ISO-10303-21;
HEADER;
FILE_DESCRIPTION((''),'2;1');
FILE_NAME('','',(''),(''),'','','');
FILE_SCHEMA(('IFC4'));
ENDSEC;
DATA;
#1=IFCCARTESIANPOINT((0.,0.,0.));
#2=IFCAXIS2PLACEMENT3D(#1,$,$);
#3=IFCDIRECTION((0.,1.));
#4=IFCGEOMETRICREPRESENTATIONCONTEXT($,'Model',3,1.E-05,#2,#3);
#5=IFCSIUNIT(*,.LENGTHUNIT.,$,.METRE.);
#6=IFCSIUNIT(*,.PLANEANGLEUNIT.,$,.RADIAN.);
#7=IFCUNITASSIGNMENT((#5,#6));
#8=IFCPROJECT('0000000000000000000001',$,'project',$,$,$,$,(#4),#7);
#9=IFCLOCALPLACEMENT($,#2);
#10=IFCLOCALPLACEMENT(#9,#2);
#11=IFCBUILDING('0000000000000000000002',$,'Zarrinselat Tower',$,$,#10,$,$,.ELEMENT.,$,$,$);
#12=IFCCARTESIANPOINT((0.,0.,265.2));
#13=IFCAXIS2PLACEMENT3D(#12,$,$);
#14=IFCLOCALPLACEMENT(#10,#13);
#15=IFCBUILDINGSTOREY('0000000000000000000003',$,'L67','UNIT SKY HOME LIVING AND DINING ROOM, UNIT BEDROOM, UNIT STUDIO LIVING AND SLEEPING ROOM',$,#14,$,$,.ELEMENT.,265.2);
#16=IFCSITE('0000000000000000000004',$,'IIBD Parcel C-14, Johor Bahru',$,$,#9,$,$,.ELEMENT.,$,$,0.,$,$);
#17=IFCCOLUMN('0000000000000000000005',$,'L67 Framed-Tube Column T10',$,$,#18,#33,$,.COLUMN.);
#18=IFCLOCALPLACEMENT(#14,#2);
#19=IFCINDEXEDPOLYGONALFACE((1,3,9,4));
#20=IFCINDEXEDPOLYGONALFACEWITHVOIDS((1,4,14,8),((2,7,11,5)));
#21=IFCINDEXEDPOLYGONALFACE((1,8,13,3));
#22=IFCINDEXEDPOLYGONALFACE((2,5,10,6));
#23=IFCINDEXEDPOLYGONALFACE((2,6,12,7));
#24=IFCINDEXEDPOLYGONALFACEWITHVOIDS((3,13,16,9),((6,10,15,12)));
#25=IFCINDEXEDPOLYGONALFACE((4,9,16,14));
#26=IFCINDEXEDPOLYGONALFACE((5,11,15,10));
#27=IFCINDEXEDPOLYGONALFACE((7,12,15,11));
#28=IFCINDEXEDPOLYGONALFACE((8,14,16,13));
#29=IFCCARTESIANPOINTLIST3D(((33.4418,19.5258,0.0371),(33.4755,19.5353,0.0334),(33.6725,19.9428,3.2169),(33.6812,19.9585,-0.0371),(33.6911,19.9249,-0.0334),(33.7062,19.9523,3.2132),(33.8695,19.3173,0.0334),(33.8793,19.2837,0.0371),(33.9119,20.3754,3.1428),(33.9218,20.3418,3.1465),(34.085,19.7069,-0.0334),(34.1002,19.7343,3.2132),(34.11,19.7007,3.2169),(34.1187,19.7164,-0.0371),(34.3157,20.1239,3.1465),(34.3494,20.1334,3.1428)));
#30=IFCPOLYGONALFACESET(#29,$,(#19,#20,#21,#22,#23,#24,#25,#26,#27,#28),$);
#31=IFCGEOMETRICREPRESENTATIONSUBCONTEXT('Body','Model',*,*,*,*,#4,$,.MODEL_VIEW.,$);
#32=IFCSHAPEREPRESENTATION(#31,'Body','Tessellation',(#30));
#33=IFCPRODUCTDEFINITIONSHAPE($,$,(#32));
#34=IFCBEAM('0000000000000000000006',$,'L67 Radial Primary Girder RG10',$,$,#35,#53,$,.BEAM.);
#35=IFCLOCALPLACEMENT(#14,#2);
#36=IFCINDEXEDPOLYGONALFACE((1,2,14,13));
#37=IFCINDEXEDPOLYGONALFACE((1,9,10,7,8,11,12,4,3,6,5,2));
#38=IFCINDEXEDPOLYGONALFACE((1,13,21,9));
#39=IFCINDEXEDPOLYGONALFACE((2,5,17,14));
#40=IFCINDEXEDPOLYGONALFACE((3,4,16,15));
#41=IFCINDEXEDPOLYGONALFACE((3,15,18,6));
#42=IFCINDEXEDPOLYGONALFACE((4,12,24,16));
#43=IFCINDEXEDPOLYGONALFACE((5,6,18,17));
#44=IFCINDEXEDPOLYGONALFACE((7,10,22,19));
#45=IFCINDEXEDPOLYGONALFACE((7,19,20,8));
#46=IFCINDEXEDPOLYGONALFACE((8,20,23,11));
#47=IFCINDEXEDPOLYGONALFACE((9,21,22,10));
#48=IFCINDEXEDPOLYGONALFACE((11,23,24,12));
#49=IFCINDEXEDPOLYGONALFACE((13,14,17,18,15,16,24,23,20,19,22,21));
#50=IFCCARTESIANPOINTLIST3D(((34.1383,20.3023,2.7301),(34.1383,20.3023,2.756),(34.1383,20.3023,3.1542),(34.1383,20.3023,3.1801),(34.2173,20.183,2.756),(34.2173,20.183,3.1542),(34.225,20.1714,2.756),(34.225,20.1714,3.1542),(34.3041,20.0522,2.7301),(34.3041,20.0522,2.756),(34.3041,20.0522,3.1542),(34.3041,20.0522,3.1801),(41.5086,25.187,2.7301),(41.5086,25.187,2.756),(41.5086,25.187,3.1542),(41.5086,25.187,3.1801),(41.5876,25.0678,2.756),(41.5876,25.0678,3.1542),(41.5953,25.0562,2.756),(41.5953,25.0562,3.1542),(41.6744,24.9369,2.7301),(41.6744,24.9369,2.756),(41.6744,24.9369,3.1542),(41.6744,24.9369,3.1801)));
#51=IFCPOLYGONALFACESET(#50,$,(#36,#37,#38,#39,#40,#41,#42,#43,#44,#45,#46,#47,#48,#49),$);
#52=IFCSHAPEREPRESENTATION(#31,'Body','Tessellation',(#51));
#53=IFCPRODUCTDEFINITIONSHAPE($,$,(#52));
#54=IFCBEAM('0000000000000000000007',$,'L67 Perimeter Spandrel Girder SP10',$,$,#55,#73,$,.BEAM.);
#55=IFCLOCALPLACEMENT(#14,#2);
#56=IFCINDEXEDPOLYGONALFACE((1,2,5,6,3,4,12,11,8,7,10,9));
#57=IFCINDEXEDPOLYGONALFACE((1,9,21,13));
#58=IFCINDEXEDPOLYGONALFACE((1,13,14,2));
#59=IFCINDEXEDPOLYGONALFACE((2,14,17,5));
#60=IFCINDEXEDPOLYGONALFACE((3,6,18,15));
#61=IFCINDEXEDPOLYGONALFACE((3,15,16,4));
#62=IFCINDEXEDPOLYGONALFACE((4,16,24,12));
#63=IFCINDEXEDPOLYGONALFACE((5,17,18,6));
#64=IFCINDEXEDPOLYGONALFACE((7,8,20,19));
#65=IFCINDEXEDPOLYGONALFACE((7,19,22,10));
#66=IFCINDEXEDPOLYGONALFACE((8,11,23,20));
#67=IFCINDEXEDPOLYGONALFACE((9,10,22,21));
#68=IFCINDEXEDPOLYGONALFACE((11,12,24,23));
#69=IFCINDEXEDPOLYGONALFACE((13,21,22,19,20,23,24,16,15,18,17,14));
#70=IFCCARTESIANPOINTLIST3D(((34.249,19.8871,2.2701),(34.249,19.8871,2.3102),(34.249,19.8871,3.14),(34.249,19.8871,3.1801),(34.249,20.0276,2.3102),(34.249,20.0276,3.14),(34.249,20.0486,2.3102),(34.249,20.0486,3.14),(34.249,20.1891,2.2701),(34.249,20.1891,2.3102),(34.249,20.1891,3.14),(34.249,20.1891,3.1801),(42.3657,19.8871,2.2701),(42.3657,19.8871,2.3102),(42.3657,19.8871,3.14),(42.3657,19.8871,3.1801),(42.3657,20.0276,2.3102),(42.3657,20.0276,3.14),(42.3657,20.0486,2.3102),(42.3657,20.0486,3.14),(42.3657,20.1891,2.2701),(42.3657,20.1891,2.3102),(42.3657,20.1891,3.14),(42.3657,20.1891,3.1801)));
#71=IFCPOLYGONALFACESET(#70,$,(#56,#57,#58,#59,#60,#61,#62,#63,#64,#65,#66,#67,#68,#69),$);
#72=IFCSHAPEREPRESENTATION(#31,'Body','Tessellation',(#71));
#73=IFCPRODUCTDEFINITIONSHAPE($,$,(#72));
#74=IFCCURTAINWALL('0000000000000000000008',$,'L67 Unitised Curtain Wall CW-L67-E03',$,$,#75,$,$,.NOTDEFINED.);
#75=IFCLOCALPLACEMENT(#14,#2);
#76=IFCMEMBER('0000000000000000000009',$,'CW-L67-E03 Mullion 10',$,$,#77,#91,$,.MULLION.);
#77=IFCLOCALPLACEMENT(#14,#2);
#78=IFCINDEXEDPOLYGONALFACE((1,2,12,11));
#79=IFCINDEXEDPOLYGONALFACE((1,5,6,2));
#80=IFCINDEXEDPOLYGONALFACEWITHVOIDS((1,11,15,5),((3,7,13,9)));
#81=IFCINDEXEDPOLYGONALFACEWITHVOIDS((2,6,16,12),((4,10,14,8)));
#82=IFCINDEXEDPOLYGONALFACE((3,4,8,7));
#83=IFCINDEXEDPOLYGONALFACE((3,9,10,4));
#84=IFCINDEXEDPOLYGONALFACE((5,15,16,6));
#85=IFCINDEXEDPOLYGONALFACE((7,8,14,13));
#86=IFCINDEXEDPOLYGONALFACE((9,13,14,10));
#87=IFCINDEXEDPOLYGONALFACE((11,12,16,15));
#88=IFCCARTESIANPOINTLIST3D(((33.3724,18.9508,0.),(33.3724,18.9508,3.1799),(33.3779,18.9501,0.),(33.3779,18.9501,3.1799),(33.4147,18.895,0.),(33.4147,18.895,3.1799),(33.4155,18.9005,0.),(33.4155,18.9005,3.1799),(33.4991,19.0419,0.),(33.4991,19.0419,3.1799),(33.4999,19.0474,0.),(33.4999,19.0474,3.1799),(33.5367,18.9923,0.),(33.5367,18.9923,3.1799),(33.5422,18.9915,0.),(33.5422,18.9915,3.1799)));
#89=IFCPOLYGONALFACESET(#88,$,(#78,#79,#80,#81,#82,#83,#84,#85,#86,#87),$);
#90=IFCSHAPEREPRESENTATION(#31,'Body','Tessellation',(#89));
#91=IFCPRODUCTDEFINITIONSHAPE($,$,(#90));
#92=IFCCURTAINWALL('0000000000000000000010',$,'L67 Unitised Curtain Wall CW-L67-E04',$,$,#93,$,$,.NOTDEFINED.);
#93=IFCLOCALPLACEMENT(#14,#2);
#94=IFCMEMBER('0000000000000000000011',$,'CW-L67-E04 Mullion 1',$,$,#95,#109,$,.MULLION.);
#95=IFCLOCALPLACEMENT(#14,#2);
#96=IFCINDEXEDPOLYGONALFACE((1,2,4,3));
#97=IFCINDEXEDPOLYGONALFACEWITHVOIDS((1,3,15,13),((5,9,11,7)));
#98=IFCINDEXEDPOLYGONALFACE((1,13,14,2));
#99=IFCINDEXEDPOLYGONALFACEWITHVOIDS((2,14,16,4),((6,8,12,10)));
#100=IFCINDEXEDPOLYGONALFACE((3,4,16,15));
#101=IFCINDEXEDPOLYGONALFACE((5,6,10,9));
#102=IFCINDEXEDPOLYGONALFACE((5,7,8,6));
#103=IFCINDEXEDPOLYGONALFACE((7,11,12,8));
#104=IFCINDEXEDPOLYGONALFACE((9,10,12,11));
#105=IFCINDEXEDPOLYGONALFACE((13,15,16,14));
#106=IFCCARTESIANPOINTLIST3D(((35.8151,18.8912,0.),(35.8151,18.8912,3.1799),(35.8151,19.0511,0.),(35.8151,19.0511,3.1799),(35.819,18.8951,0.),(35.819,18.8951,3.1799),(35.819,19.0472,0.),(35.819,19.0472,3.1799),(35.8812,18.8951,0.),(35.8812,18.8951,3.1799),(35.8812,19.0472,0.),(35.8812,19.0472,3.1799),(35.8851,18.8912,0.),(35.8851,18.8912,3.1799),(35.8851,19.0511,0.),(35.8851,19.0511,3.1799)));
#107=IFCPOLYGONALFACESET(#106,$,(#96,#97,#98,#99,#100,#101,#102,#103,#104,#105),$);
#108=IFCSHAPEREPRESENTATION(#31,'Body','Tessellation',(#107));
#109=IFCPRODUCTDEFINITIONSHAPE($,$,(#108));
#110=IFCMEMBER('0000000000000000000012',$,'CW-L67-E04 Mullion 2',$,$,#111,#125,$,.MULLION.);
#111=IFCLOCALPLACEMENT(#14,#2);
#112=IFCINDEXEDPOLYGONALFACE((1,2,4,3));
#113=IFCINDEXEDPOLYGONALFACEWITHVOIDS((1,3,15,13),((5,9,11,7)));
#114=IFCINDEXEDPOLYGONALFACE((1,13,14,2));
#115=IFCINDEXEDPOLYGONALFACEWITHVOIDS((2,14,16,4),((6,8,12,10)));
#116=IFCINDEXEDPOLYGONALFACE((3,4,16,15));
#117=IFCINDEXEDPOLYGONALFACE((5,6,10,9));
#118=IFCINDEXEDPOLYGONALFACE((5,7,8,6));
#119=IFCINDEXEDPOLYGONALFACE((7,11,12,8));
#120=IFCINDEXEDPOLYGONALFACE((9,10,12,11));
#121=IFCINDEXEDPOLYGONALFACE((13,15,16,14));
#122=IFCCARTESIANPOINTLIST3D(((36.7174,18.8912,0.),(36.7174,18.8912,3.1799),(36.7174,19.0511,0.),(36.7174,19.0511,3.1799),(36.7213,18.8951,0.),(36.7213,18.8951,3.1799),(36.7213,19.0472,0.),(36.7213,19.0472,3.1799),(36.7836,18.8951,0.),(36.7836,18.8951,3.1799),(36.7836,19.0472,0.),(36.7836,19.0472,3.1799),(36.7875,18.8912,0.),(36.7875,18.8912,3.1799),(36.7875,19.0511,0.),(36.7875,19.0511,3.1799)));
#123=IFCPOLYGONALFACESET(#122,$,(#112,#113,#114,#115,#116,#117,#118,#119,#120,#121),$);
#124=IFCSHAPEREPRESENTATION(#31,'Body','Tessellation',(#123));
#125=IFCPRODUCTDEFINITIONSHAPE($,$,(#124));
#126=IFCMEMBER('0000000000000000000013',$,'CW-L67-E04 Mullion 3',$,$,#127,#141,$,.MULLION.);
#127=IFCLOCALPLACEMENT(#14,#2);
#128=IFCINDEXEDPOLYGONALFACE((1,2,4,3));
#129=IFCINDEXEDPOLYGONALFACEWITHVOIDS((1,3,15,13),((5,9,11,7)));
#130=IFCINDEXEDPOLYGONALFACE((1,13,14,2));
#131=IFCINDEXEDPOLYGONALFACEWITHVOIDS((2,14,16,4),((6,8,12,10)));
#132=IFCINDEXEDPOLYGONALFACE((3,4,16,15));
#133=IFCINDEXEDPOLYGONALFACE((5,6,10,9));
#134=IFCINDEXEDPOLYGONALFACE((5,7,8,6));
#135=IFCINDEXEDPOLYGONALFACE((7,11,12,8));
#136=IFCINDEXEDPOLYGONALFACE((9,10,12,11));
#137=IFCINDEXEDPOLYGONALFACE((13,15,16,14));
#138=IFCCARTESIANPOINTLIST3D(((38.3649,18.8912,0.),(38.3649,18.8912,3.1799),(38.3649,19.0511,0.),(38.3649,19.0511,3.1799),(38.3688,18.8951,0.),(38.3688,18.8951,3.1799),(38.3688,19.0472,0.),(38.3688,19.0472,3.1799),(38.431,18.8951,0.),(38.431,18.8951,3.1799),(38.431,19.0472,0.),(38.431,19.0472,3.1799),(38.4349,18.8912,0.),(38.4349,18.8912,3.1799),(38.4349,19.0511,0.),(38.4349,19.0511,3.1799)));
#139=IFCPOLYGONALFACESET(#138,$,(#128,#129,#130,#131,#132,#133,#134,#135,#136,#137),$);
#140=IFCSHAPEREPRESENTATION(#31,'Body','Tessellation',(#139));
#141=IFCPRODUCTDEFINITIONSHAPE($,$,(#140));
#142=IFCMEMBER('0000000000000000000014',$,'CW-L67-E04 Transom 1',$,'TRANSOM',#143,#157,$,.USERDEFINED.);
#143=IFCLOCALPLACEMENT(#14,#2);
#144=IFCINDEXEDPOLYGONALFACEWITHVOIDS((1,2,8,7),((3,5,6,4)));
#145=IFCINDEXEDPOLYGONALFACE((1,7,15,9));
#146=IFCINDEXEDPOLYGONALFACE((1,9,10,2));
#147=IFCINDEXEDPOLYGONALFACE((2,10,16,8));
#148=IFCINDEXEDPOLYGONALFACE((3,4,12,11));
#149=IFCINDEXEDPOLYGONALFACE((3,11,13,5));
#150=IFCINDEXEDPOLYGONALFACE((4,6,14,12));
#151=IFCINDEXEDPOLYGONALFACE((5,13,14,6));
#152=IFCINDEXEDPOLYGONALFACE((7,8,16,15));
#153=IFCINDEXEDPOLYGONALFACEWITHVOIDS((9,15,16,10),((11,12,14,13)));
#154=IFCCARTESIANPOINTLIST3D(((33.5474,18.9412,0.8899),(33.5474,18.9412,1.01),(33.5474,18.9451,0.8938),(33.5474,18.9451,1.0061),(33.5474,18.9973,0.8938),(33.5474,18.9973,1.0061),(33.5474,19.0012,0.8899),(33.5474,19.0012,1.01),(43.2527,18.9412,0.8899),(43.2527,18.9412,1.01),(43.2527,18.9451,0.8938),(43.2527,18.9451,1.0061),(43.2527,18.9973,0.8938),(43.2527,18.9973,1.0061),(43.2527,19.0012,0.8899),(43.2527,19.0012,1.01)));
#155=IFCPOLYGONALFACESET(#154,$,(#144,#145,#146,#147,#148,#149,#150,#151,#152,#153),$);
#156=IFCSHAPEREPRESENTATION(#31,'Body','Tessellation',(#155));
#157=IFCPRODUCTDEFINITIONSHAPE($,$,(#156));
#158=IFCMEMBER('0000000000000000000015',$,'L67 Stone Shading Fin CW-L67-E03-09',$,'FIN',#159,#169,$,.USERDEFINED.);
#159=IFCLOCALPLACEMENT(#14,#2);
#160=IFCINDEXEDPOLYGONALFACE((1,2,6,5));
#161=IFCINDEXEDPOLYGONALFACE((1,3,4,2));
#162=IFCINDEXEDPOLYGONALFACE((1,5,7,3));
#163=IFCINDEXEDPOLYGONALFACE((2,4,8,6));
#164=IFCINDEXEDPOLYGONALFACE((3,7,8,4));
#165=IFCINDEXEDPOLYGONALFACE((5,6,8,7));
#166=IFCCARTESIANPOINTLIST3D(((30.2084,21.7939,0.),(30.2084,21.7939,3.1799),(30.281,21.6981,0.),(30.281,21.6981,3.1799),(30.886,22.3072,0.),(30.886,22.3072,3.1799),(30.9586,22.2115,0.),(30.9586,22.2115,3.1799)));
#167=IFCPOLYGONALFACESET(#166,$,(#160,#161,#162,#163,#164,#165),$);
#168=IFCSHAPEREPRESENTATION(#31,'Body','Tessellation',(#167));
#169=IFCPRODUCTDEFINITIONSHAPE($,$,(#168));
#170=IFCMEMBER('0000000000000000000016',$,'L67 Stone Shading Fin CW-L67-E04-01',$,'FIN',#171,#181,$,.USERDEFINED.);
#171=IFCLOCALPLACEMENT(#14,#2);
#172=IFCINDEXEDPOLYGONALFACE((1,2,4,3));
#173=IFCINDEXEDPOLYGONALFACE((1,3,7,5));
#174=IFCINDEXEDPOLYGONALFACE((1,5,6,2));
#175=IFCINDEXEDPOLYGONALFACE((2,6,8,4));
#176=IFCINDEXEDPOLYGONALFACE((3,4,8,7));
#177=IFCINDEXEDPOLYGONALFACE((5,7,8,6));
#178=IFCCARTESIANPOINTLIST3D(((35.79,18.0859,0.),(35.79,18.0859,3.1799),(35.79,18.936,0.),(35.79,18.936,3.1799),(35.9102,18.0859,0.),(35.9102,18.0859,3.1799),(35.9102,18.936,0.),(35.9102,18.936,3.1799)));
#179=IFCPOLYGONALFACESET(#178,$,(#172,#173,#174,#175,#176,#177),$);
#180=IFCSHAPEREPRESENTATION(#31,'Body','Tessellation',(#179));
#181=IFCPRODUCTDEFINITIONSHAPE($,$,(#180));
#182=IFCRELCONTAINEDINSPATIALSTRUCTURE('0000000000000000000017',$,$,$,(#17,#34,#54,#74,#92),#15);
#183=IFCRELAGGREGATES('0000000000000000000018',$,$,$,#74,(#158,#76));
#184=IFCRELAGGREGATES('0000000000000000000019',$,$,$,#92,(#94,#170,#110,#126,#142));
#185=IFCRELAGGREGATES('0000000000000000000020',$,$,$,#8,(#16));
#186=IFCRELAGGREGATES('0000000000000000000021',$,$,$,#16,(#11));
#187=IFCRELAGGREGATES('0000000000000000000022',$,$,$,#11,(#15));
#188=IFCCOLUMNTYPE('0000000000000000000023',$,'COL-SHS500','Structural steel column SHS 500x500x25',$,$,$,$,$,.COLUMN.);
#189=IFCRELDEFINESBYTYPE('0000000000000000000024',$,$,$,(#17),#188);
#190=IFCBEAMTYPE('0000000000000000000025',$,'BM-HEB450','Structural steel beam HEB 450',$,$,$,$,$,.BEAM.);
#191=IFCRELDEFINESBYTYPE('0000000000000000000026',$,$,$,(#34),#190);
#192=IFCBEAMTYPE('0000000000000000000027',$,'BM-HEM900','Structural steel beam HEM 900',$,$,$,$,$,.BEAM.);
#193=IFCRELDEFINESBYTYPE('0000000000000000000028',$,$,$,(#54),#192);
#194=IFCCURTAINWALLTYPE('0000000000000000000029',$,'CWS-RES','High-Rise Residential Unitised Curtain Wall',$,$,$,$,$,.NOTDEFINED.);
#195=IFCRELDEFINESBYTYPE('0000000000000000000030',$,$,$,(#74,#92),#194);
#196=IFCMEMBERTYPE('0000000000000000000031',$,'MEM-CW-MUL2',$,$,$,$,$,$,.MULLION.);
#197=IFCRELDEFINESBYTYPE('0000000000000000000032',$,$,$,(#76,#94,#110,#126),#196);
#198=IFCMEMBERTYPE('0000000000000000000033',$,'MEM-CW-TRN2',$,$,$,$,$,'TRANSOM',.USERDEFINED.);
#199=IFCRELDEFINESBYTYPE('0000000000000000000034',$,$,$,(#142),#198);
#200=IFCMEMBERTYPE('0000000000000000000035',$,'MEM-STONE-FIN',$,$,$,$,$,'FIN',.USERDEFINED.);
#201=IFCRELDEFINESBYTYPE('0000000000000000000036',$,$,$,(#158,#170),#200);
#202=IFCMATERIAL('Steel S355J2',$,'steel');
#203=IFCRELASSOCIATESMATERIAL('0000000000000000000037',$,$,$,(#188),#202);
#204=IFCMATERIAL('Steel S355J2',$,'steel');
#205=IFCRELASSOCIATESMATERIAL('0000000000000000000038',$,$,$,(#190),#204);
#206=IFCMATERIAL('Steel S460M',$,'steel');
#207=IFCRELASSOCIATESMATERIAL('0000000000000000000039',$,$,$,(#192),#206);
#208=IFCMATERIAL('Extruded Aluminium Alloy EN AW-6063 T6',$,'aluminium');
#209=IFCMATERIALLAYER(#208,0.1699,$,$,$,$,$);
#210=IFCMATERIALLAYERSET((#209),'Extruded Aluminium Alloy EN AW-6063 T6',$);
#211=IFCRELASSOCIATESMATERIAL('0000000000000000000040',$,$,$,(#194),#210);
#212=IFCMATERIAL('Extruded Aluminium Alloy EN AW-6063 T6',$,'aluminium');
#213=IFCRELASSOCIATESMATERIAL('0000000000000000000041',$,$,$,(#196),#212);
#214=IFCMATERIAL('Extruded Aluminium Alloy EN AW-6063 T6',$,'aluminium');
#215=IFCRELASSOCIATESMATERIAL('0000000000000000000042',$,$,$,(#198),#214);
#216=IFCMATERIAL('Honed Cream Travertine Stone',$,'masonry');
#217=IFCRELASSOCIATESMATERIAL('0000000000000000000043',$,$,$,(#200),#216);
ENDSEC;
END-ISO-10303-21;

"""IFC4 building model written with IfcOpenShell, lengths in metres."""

from ifc_helpers import new_model, si_unit, direction, frame, origin, origin_2d, place, context, subcontext, project, spatial, rectangle, hollow_rectangle, i_section, extrude, material, layer, layer_set, material_profile, profile_set, type_object, element, aggregate, save


model = new_model("IFC4")

# Units and contexts
model_context = context("Model", 3, precision=1e-05, world=origin(), true_north=direction((0.0, 1.0)))
body_context = subcontext(model_context, "Body", "Model", "MODEL_VIEW")
ifc_project = project(units=[si_unit("LENGTHUNIT", "METRE"), si_unit("PLANEANGLEUNIT", "RADIAN")], contexts=[model_context])

# Site, building, storey
site_placement = place(None, origin())
site = spatial("IfcSite", under=ifc_project, at=site_placement, Name="IIBD Parcel C-14, Johor Bahru", CompositionType="ELEMENT", RefElevation=0.0)
building_placement = place(site_placement, origin())
building = spatial("IfcBuilding", under=site, at=building_placement, Name="Zarrinselat Tower", CompositionType="ELEMENT")
storey_placement = place(building_placement, frame((0.0, 0.0, 265.2)))
storey = spatial("IfcBuildingStorey", under=building, at=storey_placement, Name="L67", Description="UNIT SKY HOME LIVING AND DINING ROOM, UNIT BEDROOM, UNIT STUDIO LIVING AND SLEEPING ROOM", CompositionType="ELEMENT", Elevation=265.2)

# Column
ifc_material_1 = material(Name="Steel S355J2", Category="steel")
ifc_material_profile_1 = material_profile(ifc_material_1, hollow_rectangle(XDim=0.5, YDim=0.5, WallThickness=0.0249, at=origin_2d()), Name="SHS 500x500x25")
ifc_profile_set_1 = profile_set([ifc_material_profile_1], Name="Steel S355J2")
column_type = type_object("IfcColumnType", Name="COL-SHS500", Description="Structural steel column SHS 500x500x25", PredefinedType="COLUMN", material=ifc_profile_set_1)
column_placement = place(storey_placement, frame((33.7803, 19.6211, 0.0), z_axis=(0.071752, 0.129684, 0.988956), x_axis=(-0.875002, 0.48412, 0.0)))
element("IfcColumn", 1, at=column_placement, inside=storey, type_object=column_type, Name="L67 Framed-Tube Column T10", PredefinedType="COLUMN", context=body_context, shape_type="SweptSolid", body=[
    extrude(hollow_rectangle(XDim=0.5, YDim=0.5, WallThickness=0.0249, at=origin_2d()), origin(), (0.0, 0.0, 1.0), 3.2153),
])

# Beams
ifc_material_2 = material(Name="Steel S355J2", Category="steel")
ifc_material_profile_2 = material_profile(ifc_material_2, i_section(OverallWidth=0.3, OverallDepth=0.45, WebThickness=0.0139, FlangeThickness=0.0259, at=origin_2d()), Name="HEB 450")
ifc_profile_set_2 = profile_set([ifc_material_profile_2], Name="Steel S355J2")
beam_type_1 = type_object("IfcBeamType", Name="BM-HEB450", Description="Structural steel beam HEB 450", PredefinedType="BEAM", material=ifc_profile_set_2)
beam_1_placement = place(storey_placement, frame((34.2212, 20.1772, 2.9551), z_axis=(0.833551, 0.552443, 0.0), x_axis=(-0.552443, 0.833551, 0.0)))
element("IfcBeam", 2, at=beam_1_placement, inside=storey, type_object=beam_type_1, Name="L67 Radial Primary Girder RG10", PredefinedType="BEAM", context=body_context, shape_type="SweptSolid", body=[
    extrude(i_section(OverallWidth=0.3, OverallDepth=0.45, WebThickness=0.0139, FlangeThickness=0.0259, at=origin_2d()), origin(), (0.0, 0.0, 1.0), 8.842),
])
ifc_material_3 = material(Name="Steel S460M", Category="steel")
ifc_material_profile_3 = material_profile(ifc_material_3, i_section(OverallWidth=0.302, OverallDepth=0.9099, WebThickness=0.021, FlangeThickness=0.04, at=origin_2d()), Name="HEM 900")
ifc_profile_set_3 = profile_set([ifc_material_profile_3], Name="Steel S460M")
beam_type_2 = type_object("IfcBeamType", Name="BM-HEM900", Description="Structural steel beam HEM 900", PredefinedType="BEAM", material=ifc_profile_set_3)
beam_2_placement = place(storey_placement, frame((34.249, 20.0381, 2.7251), z_axis=(1.0, 0.0, 0.0), x_axis=(0.0, 1.0, 0.0)))
element("IfcBeam", 3, at=beam_2_placement, inside=storey, type_object=beam_type_2, Name="L67 Perimeter Spandrel Girder SP10", PredefinedType="BEAM", context=body_context, shape_type="SweptSolid", body=[
    extrude(i_section(OverallWidth=0.302, OverallDepth=0.9099, WebThickness=0.021, FlangeThickness=0.04, at=origin_2d()), origin(), (0.0, 0.0, 1.0), 8.1167),
])

# Curtain wall, member
ifc_material_4 = material(Name="Extruded Aluminium Alloy EN AW-6063 T6", Category="aluminium")
ifc_layer_1 = layer(ifc_material_4, 0.1699)
ifc_layer_set_1 = layer_set([ifc_layer_1], Name="Extruded Aluminium Alloy EN AW-6063 T6")
curtain_wall_type = type_object("IfcCurtainWallType", Name="CWS-RES", Description="High-Rise Residential Unitised Curtain Wall", PredefinedType="NOTDEFINED", material=ifc_layer_set_1)
curtain_wall_1_placement = place(storey_placement, origin())
curtain_wall_1 = element("IfcCurtainWall", 4, at=curtain_wall_1_placement, inside=storey, type_object=curtain_wall_type, Name="L67 Unitised Curtain Wall CW-L67-E03", PredefinedType="NOTDEFINED")
ifc_material_5 = material(Name="Extruded Aluminium Alloy EN AW-6063 T6", Category="aluminium")
ifc_material_profile_4 = material_profile(ifc_material_5, hollow_rectangle(XDim=0.0701, YDim=0.1599, WallThickness=0.0039, at=origin_2d()), Name="RHS 160x70x4")
ifc_profile_set_4 = profile_set([ifc_material_profile_4], Name="Extruded Aluminium Alloy EN AW-6063 T6")
member_type_1 = type_object("IfcMemberType", Name="MEM-CW-MUL2", PredefinedType="MULLION", material=ifc_profile_set_4)
member_1_placement = place(storey_placement, frame((33.4573, 18.9712, 0.0), z_axis=(0.0, 0.0, 1.0), x_axis=(0.603858, -0.797092, 0.0)))
member_1 = element("IfcMember", 5, at=member_1_placement, type_object=member_type_1, Name="CW-L67-E03 Mullion 10", PredefinedType="MULLION", context=body_context, shape_type="SweptSolid", body=[
    extrude(hollow_rectangle(XDim=0.0701, YDim=0.1599, WallThickness=0.0039, at=origin_2d()), origin(), (0.0, 0.0, 1.0), 3.1799),
])

# Curtain wall, members
curtain_wall_2_placement = place(storey_placement, origin())
curtain_wall_2 = element("IfcCurtainWall", 6, at=curtain_wall_2_placement, inside=storey, type_object=curtain_wall_type, Name="L67 Unitised Curtain Wall CW-L67-E04", PredefinedType="NOTDEFINED")
member_2_placement = place(storey_placement, frame((35.8501, 18.9712, 0.0), z_axis=(0.0, 0.0, 1.0), x_axis=(1.0, 0.0, 0.0)))
member_2 = element("IfcMember", 7, at=member_2_placement, type_object=member_type_1, Name="CW-L67-E04 Mullion 1", PredefinedType="MULLION", context=body_context, shape_type="SweptSolid", body=[
    extrude(hollow_rectangle(XDim=0.0701, YDim=0.1599, WallThickness=0.0039, at=origin_2d()), origin(), (0.0, 0.0, 1.0), 3.1799),
])
member_3_placement = place(storey_placement, frame((36.7524, 18.9712, 0.0), z_axis=(0.0, 0.0, 1.0), x_axis=(1.0, 0.0, 0.0)))
member_3 = element("IfcMember", 8, at=member_3_placement, type_object=member_type_1, Name="CW-L67-E04 Mullion 2", PredefinedType="MULLION", context=body_context, shape_type="SweptSolid", body=[
    extrude(hollow_rectangle(XDim=0.0701, YDim=0.1599, WallThickness=0.0039, at=origin_2d()), origin(), (0.0, 0.0, 1.0), 3.1799),
])
member_4_placement = place(storey_placement, frame((38.3999, 18.9712, 0.0), z_axis=(0.0, 0.0, 1.0), x_axis=(1.0, 0.0, 0.0)))
member_4 = element("IfcMember", 9, at=member_4_placement, type_object=member_type_1, Name="CW-L67-E04 Mullion 3", PredefinedType="MULLION", context=body_context, shape_type="SweptSolid", body=[
    extrude(hollow_rectangle(XDim=0.0701, YDim=0.1599, WallThickness=0.0039, at=origin_2d()), origin(), (0.0, 0.0, 1.0), 3.1799),
])
ifc_material_6 = material(Name="Extruded Aluminium Alloy EN AW-6063 T6", Category="aluminium")
ifc_material_profile_5 = material_profile(ifc_material_6, hollow_rectangle(XDim=0.0601, YDim=0.1201, WallThickness=0.0039, at=origin_2d()), Name="RHS 120x60x4")
ifc_profile_set_5 = profile_set([ifc_material_profile_5], Name="Extruded Aluminium Alloy EN AW-6063 T6")
member_type_2 = type_object("IfcMemberType", Name="MEM-CW-TRN2", ElementType="TRANSOM", PredefinedType="USERDEFINED", material=ifc_profile_set_5)
member_5_placement = place(storey_placement, frame((33.5474, 18.9712, 0.95), z_axis=(1.0, 0.0, 0.0), x_axis=(0.0, 1.0, 0.0)))
member_5 = element("IfcMember", 10, at=member_5_placement, type_object=member_type_2, Name="CW-L67-E04 Transom 1", ObjectType="TRANSOM", PredefinedType="USERDEFINED", context=body_context, shape_type="SweptSolid", body=[
    extrude(hollow_rectangle(XDim=0.0601, YDim=0.1201, WallThickness=0.0039, at=origin_2d()), origin(), (0.0, 0.0, 1.0), 9.7053),
])

# Members
ifc_material_7 = material(Name="Honed Cream Travertine Stone", Category="masonry")
ifc_material_profile_6 = material_profile(ifc_material_7, rectangle(XDim=0.1201, YDim=0.8501, at=origin_2d()), Name="FIN 850x120")
ifc_profile_set_6 = profile_set([ifc_material_profile_6], Name="Honed Cream Travertine Stone")
member_type_3 = type_object("IfcMemberType", Name="MEM-STONE-FIN", ElementType="FIN", PredefinedType="USERDEFINED", material=ifc_profile_set_6)
member_6_placement = place(storey_placement, frame((30.5835, 22.0027, 0.0), z_axis=(0.0, 0.0, 1.0), x_axis=(-0.603858, 0.797092, 0.0)))
member_6 = element("IfcMember", 11, at=member_6_placement, type_object=member_type_3, Name="L67 Stone Shading Fin CW-L67-E03-09", ObjectType="FIN", PredefinedType="USERDEFINED", context=body_context, shape_type="SweptSolid", body=[
    extrude(rectangle(XDim=0.1201, YDim=0.8501, at=origin_2d()), origin(), (0.0, 0.0, 1.0), 3.1799),
])
member_7_placement = place(storey_placement, frame((35.8501, 18.511, 0.0), z_axis=(0.0, 0.0, 1.0), x_axis=(-1.0, 0.0, 0.0)))
member_7 = element("IfcMember", 12, at=member_7_placement, type_object=member_type_3, Name="L67 Stone Shading Fin CW-L67-E04-01", ObjectType="FIN", PredefinedType="USERDEFINED", context=body_context, shape_type="SweptSolid", body=[
    extrude(rectangle(XDim=0.1201, YDim=0.8501, at=origin_2d()), origin(), (0.0, 0.0, 1.0), 3.1799),
])

aggregate(curtain_wall_1, [member_6, member_1])
aggregate(curtain_wall_2, [member_2, member_7, member_3, member_4, member_5])

save(model, "model.ifc")
